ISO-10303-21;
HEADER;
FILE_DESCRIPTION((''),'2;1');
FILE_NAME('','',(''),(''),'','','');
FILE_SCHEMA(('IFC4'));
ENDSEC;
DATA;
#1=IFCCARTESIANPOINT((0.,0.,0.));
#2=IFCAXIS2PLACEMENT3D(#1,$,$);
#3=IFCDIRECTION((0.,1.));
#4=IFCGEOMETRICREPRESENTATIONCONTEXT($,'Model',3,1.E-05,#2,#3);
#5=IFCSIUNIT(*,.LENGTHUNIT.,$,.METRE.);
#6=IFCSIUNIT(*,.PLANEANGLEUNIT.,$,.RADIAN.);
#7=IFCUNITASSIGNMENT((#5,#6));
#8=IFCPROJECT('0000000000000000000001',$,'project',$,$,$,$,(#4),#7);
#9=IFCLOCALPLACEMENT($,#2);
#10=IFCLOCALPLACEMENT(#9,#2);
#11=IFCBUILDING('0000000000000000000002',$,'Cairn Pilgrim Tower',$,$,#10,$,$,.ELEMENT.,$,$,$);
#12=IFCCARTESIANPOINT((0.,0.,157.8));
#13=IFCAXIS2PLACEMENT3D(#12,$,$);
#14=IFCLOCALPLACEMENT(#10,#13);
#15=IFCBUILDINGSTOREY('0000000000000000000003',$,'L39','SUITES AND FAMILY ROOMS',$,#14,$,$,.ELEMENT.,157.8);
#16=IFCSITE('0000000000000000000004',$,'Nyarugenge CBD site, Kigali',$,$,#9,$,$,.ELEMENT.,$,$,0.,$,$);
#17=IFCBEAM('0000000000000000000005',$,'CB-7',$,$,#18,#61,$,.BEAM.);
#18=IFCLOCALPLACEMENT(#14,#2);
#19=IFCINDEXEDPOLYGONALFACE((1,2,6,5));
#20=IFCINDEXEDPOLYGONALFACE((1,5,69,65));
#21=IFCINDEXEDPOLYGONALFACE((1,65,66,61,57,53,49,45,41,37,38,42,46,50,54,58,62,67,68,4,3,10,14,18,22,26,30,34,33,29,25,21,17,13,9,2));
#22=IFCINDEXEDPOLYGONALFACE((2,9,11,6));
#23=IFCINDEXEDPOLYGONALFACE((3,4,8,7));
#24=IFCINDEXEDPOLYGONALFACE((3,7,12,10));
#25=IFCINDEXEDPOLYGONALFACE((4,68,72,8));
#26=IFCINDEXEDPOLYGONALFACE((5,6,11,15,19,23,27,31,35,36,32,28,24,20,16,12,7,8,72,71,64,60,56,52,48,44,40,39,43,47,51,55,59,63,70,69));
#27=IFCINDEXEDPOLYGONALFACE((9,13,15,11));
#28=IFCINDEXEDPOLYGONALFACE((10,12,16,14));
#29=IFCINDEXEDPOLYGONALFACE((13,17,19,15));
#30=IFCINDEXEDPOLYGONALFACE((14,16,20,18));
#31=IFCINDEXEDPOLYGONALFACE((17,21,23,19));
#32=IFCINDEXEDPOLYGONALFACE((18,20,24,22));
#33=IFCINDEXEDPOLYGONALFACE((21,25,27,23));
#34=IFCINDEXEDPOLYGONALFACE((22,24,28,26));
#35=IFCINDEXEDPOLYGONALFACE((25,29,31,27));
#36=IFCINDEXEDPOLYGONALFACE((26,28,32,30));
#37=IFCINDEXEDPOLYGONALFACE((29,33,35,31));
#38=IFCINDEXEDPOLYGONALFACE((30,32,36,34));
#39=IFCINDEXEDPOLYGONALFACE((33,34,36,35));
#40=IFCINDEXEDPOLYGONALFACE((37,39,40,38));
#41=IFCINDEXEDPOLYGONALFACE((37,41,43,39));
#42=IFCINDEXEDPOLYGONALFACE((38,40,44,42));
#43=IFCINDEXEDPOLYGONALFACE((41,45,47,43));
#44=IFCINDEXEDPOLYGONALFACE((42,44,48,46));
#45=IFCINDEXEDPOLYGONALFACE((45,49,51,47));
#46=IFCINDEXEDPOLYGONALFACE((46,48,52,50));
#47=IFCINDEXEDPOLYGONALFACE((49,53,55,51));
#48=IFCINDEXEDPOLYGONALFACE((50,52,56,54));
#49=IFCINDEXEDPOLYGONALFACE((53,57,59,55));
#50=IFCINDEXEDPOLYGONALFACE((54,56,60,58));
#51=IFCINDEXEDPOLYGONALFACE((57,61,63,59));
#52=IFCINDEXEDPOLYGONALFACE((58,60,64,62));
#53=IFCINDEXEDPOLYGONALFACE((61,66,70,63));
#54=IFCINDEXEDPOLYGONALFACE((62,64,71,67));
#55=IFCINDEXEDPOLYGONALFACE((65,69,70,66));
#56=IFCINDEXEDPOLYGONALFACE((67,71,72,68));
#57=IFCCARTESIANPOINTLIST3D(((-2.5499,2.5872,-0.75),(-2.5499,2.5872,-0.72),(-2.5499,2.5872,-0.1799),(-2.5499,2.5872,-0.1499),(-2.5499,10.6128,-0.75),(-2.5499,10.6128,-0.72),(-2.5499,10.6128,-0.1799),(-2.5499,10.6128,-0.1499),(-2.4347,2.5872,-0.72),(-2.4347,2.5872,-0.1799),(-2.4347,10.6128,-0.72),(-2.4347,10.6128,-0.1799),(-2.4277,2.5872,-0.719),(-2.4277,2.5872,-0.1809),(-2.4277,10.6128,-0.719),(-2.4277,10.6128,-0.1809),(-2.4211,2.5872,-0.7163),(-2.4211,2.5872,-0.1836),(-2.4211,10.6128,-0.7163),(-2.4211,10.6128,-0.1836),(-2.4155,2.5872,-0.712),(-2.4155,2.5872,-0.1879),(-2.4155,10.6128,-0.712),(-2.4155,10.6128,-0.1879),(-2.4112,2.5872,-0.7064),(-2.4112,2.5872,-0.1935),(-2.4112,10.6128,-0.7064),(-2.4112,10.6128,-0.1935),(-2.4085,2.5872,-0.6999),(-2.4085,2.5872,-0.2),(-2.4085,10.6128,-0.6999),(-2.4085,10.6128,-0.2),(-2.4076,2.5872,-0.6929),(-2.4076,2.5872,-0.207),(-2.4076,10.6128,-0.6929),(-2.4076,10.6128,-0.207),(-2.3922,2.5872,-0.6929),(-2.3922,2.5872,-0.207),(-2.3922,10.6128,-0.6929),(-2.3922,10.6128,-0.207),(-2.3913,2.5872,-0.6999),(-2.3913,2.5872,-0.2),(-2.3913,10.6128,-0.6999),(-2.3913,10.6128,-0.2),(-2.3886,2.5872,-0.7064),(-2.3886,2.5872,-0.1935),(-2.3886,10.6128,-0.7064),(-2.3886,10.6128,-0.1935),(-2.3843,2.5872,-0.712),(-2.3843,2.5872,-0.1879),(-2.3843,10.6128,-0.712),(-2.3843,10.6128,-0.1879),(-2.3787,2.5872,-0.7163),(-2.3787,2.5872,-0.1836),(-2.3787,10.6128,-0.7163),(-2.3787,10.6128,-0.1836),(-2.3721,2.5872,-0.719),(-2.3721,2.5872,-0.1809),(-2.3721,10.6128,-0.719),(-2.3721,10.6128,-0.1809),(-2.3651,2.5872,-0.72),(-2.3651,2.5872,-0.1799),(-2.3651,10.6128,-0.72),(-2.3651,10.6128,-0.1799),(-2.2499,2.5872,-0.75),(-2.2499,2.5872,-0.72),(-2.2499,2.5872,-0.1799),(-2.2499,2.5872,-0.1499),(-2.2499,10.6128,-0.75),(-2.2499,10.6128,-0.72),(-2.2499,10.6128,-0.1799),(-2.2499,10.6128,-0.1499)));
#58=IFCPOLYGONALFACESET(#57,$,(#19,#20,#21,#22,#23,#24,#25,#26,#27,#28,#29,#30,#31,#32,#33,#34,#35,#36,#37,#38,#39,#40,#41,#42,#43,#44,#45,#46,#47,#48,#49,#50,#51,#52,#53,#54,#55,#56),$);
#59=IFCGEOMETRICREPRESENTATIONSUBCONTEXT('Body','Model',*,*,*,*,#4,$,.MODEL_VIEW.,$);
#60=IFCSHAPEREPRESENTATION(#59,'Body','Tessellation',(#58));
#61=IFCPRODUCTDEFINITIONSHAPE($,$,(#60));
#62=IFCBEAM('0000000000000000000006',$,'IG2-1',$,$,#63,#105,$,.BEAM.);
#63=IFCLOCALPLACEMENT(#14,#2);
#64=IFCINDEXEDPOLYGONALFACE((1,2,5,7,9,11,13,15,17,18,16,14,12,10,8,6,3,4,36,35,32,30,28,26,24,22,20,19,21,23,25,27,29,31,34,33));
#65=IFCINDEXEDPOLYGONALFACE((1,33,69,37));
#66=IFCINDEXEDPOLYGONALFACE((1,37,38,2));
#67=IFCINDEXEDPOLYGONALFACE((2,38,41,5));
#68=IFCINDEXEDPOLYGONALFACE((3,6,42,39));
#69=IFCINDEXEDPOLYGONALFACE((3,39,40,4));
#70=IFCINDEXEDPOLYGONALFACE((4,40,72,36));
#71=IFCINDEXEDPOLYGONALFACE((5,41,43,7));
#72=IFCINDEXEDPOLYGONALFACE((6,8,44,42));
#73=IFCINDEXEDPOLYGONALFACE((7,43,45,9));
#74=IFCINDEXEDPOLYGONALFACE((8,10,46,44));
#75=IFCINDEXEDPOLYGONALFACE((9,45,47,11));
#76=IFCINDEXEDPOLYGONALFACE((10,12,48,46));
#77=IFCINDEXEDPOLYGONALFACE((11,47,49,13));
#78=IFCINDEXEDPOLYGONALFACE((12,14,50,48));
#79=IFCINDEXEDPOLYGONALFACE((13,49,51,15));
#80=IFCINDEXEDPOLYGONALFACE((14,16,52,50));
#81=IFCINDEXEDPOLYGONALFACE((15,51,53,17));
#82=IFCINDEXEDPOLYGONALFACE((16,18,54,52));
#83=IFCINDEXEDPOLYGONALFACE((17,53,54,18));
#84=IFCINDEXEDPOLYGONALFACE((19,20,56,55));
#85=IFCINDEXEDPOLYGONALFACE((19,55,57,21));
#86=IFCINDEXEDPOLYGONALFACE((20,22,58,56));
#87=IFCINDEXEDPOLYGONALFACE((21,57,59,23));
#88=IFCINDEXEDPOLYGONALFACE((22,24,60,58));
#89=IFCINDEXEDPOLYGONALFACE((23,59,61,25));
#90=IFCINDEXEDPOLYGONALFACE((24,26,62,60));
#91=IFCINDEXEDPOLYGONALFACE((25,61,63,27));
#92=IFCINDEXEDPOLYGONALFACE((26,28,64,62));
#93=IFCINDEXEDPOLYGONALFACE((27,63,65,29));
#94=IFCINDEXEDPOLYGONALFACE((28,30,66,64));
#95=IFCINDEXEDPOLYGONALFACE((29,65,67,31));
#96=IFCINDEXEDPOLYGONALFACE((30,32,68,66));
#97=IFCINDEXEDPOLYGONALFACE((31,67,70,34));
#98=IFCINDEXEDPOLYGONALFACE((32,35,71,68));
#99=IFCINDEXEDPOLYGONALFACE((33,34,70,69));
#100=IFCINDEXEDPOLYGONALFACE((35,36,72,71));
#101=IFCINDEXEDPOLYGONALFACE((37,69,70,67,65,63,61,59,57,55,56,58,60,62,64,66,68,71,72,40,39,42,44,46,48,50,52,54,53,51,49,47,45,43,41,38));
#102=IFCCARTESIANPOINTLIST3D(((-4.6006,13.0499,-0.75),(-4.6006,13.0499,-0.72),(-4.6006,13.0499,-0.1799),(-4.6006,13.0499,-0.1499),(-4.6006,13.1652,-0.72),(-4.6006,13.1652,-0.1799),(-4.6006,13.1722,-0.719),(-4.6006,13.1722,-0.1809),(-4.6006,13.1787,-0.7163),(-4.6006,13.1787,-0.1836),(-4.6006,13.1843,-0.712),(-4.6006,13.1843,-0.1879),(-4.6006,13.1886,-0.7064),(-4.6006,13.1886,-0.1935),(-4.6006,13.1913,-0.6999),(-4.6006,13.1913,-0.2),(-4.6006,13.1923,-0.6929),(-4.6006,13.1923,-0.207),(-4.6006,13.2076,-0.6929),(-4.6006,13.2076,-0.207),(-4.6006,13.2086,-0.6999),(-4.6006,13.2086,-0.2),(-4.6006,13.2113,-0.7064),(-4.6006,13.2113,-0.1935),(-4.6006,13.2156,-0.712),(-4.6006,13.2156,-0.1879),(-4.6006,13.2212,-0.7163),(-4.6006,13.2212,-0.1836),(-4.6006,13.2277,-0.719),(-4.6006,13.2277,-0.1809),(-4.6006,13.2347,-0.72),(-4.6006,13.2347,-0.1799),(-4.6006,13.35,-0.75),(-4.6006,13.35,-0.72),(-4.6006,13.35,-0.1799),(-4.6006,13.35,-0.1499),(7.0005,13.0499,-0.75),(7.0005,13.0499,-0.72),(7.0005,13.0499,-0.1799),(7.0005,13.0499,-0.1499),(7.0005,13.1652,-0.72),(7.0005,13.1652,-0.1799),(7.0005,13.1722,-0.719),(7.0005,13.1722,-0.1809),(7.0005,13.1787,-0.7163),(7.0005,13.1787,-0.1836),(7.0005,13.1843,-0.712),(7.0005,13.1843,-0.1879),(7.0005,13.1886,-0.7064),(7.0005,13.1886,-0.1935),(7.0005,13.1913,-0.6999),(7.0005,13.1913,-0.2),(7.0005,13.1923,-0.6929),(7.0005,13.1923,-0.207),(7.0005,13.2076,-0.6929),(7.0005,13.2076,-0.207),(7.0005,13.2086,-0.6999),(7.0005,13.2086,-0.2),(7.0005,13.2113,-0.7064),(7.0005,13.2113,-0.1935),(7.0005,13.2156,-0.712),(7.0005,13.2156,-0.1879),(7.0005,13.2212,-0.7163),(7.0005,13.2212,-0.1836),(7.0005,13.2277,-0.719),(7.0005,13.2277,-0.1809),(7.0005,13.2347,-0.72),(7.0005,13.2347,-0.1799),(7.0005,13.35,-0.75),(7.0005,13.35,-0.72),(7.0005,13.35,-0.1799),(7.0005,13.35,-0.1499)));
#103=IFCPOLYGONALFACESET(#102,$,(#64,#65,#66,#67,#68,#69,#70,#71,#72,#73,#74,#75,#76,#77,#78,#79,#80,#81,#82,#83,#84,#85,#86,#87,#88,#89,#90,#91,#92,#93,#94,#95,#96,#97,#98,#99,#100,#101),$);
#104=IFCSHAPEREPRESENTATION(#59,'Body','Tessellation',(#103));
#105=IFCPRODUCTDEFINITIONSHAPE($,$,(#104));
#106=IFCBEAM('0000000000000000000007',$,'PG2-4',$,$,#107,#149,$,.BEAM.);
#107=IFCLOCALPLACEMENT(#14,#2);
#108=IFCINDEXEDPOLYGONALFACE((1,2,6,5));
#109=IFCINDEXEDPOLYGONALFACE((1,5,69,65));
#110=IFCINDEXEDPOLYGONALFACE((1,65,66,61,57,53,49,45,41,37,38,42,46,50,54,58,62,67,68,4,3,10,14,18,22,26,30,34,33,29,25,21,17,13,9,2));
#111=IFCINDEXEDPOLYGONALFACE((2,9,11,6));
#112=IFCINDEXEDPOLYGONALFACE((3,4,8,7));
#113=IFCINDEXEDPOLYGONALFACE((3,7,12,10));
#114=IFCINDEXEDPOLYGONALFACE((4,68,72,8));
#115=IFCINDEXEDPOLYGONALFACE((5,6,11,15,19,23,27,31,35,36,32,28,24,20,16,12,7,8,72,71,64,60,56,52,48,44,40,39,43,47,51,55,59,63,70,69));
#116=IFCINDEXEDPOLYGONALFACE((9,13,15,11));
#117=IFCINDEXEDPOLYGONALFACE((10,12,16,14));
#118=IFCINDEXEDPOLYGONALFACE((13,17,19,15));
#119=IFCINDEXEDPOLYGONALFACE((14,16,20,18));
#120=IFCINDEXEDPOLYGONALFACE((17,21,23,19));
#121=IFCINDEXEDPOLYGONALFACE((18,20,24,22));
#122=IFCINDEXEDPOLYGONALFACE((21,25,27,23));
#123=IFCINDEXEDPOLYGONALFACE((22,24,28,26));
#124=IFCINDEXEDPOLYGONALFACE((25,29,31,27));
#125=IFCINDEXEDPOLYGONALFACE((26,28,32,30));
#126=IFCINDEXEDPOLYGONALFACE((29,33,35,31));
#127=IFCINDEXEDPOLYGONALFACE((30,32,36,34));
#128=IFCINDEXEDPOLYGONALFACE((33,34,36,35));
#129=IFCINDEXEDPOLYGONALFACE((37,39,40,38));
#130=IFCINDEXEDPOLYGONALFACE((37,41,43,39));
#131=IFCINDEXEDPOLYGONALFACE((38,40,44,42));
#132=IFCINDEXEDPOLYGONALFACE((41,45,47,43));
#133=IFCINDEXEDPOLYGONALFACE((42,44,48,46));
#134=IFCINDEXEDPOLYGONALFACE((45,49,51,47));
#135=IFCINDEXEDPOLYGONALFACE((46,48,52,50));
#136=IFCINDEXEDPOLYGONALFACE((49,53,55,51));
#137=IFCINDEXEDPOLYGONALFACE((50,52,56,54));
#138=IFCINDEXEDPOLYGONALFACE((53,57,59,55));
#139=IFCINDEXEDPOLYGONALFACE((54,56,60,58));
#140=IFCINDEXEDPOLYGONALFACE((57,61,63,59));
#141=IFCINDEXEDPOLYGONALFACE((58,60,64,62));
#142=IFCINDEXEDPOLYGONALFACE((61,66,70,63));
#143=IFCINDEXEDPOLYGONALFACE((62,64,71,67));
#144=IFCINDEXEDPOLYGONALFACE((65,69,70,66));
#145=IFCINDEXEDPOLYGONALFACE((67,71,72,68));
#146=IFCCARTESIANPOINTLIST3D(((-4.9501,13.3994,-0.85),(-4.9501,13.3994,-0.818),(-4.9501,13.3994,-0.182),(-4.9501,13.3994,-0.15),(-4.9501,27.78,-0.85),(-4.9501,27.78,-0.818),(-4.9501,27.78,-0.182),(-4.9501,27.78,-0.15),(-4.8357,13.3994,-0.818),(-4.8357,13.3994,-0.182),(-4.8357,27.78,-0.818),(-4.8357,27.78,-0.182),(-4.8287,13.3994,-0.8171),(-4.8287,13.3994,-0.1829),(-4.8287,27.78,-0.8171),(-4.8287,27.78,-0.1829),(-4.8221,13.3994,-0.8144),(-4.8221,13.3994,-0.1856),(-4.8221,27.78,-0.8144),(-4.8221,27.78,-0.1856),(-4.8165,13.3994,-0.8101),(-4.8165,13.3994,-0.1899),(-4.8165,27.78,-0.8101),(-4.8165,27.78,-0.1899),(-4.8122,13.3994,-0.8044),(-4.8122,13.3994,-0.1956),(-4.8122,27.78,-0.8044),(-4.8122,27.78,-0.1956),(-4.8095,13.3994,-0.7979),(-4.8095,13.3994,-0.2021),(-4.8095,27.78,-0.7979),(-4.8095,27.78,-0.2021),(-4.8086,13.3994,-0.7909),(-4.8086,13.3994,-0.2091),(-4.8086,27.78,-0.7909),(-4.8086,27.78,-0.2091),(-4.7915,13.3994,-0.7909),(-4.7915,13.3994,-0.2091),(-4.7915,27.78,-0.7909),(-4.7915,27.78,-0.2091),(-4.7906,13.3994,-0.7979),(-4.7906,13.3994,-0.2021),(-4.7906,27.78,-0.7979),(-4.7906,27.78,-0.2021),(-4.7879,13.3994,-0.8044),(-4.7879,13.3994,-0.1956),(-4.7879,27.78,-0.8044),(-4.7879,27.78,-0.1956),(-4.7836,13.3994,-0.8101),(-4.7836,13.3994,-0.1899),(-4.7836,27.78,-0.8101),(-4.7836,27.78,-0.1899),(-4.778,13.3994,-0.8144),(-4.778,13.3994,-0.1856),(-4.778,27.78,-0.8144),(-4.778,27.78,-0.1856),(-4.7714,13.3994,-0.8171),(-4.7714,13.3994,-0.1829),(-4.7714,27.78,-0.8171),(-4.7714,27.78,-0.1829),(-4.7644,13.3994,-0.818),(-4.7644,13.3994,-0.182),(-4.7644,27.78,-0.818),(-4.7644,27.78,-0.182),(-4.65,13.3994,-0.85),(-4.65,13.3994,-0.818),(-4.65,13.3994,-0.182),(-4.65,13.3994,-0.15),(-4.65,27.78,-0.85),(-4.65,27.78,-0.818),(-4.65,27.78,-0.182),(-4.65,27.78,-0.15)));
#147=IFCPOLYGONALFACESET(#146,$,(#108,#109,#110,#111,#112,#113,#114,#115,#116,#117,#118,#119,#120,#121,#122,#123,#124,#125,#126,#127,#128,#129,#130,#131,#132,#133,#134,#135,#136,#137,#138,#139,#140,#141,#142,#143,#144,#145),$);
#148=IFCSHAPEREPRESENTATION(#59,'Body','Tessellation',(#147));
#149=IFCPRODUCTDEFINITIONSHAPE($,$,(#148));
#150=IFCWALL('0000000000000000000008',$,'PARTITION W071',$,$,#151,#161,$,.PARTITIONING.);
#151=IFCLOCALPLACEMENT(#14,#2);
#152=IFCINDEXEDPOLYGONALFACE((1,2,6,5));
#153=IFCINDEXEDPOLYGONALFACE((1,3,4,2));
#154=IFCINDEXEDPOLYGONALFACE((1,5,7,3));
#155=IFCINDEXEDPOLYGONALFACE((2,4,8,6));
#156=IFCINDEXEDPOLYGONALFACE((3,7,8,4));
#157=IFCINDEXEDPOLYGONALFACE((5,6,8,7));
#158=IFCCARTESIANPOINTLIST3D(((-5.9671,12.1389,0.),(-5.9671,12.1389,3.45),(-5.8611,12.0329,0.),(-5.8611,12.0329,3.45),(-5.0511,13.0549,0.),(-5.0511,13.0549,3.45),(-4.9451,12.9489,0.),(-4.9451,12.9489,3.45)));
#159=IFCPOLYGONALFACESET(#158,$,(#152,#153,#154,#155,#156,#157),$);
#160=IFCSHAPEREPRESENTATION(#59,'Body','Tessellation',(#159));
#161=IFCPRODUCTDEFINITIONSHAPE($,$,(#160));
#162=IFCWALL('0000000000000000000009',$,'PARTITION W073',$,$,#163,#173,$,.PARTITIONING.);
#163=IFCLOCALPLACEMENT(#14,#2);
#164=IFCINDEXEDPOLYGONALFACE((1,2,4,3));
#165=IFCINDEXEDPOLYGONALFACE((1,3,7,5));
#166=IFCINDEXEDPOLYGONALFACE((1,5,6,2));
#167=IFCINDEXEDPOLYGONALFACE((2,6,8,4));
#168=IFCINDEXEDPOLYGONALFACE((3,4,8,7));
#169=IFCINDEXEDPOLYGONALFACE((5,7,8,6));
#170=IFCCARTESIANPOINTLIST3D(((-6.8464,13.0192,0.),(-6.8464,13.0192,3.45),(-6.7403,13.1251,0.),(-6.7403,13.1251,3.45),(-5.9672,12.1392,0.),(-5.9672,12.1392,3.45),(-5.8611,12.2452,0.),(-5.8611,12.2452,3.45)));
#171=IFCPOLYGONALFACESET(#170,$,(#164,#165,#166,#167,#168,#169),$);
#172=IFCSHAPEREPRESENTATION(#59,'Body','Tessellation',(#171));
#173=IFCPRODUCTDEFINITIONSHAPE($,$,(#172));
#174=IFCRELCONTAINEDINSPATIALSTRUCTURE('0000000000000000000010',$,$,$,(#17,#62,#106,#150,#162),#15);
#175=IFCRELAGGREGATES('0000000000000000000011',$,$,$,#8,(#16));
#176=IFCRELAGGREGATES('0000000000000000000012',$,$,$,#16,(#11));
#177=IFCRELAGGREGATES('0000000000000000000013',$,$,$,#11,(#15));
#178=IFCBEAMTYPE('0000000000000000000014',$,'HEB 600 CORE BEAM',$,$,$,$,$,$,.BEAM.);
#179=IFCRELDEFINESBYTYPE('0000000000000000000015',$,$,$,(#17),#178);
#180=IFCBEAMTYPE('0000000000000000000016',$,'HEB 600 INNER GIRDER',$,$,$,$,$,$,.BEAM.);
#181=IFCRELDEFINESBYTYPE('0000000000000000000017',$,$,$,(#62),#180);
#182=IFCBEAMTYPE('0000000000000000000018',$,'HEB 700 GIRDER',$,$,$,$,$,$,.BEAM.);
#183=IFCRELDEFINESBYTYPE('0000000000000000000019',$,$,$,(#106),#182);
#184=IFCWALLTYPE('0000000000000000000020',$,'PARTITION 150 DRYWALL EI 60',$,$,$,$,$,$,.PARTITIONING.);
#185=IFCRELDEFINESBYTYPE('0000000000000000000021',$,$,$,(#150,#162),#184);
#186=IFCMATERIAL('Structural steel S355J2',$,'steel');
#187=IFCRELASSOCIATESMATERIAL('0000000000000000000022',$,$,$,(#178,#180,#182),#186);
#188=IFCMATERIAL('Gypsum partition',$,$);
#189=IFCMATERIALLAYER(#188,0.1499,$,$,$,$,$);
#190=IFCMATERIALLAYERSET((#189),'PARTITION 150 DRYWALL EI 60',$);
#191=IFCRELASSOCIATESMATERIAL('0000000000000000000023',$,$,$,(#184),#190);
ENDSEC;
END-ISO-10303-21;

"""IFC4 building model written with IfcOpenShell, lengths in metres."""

from ifc_helpers import new_model, si_unit, direction, frame, frame_2d, origin, origin_2d, place, context, subcontext, project, spatial, rectangle, i_section, extrude, material, layer, layer_set, material_profile, profile_set, type_object, element, save


model = new_model("IFC4")

# Units and contexts
model_context = context("Model", 3, precision=1e-05, world=origin(), true_north=direction((0.0, 1.0)))
body_context = subcontext(model_context, "Body", "Model", "MODEL_VIEW")
ifc_project = project(units=[si_unit("LENGTHUNIT", "METRE"), si_unit("PLANEANGLEUNIT", "RADIAN")], contexts=[model_context])

# Site, building, storey
site_placement = place(None, origin())
site = spatial("IfcSite", under=ifc_project, at=site_placement, Name="Nyarugenge CBD site, Kigali", CompositionType="ELEMENT", RefElevation=0.0)
building_placement = place(site_placement, origin())
building = spatial("IfcBuilding", under=site, at=building_placement, Name="Cairn Pilgrim Tower", CompositionType="ELEMENT")
storey_placement = place(building_placement, frame((0.0, 0.0, 157.8)))
storey = spatial("IfcBuildingStorey", under=building, at=storey_placement, Name="L39", Description="SUITES AND FAMILY ROOMS", CompositionType="ELEMENT", Elevation=157.8)

# Shared definitions
ifc_material_1 = material(Name="Structural steel S355J2", Category="steel")

# Beams
ifc_material_profile_1 = material_profile(ifc_material_1, i_section(OverallWidth=0.3, OverallDepth=0.6001, WebThickness=0.0154, FlangeThickness=0.03, FilletRadius=0.0271, at=origin_2d()), Name="HEB 600")
ifc_profile_set_1 = profile_set([ifc_material_profile_1], Name="Structural steel S355J2")
beam_type_1 = type_object("IfcBeamType", Name="HEB 600 CORE BEAM", PredefinedType="BEAM", material=ifc_profile_set_1)
beam_1_placement = place(storey_placement, frame((-2.3999, 10.6128, -0.45), z_axis=(0.0, -1.0, 0.0), x_axis=(1.0, 0.0, 0.0)))
element("IfcBeam", 1, at=beam_1_placement, inside=storey, type_object=beam_type_1, Name="CB-7", PredefinedType="BEAM", context=body_context, shape_type="SweptSolid", body=[
    extrude(i_section(OverallWidth=0.3, OverallDepth=0.6001, WebThickness=0.0154, FlangeThickness=0.03, FilletRadius=0.0271, at=origin_2d()), origin(), (0.0, 0.0, 1.0), 8.0256),
])
ifc_material_profile_2 = material_profile(ifc_material_1, i_section(OverallWidth=0.3, OverallDepth=0.6001, WebThickness=0.0154, FlangeThickness=0.03, FilletRadius=0.0271, at=origin_2d()), Name="HEB 600")
ifc_profile_set_2 = profile_set([ifc_material_profile_2], Name="Structural steel S355J2")
beam_type_2 = type_object("IfcBeamType", Name="HEB 600 INNER GIRDER", PredefinedType="BEAM", material=ifc_profile_set_2)
beam_2_placement = place(storey_placement, frame((-4.6006, 13.2, -0.45), z_axis=(1.0, 0.0, 0.0), x_axis=(0.0, 1.0, 0.0)))
element("IfcBeam", 2, at=beam_2_placement, inside=storey, type_object=beam_type_2, Name="IG2-1", PredefinedType="BEAM", context=body_context, shape_type="SweptSolid", body=[
    extrude(i_section(OverallWidth=0.3, OverallDepth=0.6001, WebThickness=0.0154, FlangeThickness=0.03, FilletRadius=0.0271, at=origin_2d()), origin(), (0.0, 0.0, 1.0), 11.6011),
])
ifc_material_profile_3 = material_profile(ifc_material_1, i_section(OverallWidth=0.3, OverallDepth=0.7, WebThickness=0.0171, FlangeThickness=0.032, FilletRadius=0.0271, at=origin_2d()), Name="HEB 700")
ifc_profile_set_3 = profile_set([ifc_material_profile_3], Name="Structural steel S355J2")
beam_type_3 = type_object("IfcBeamType", Name="HEB 700 GIRDER", PredefinedType="BEAM", material=ifc_profile_set_3)
beam_3_placement = place(storey_placement, frame((-4.8, 13.3994, -0.5), z_axis=(0.0, 1.0, 0.0), x_axis=(-1.0, 0.0, 0.0)))
element("IfcBeam", 3, at=beam_3_placement, inside=storey, type_object=beam_type_3, Name="PG2-4", PredefinedType="BEAM", context=body_context, shape_type="SweptSolid", body=[
    extrude(i_section(OverallWidth=0.3, OverallDepth=0.7, WebThickness=0.0171, FlangeThickness=0.032, FilletRadius=0.0271, at=origin_2d()), origin(), (0.0, 0.0, 1.0), 14.3806),
])

# Walls
ifc_material_2 = material(Name="Gypsum partition")
ifc_layer_1 = layer(ifc_material_2, 0.1499)
ifc_layer_set_1 = layer_set([ifc_layer_1], Name="PARTITION 150 DRYWALL EI 60")
wall_type_1 = type_object("IfcWallType", Name="PARTITION 150 DRYWALL EI 60", PredefinedType="PARTITIONING", material=ifc_layer_set_1)
wall_1_placement = place(storey_placement, frame((-5.9141, 12.0859, 0.0), z_axis=(0.0, 0.0, 1.0), x_axis=(0.707107, 0.707107, 0.0)))
element("IfcWall", 4, at=wall_1_placement, inside=storey, type_object=wall_type_1, Name="PARTITION W071", PredefinedType="PARTITIONING", context=body_context, shape_type="SweptSolid", body=[
    extrude(rectangle(XDim=1.2954, YDim=0.1499, at=frame_2d((0.6477, 0.0))), origin(), (0.0, 0.0, 1.0), 3.45),
])
wall_2_placement = place(storey_placement, frame((-5.9141, 12.1921, 0.0), z_axis=(0.0, 0.0, 1.0), x_axis=(-0.706812, 0.707401, 0.0)))
element("IfcWall", 5, at=wall_2_placement, inside=storey, type_object=wall_type_1, Name="PARTITION W073", PredefinedType="PARTITIONING", context=body_context, shape_type="SweptSolid", body=[
    extrude(rectangle(XDim=1.2439, YDim=0.1499, at=frame_2d((0.6221, 0.0))), origin(), (0.0, 0.0, 1.0), 3.45),
])

save(model, "model.ifc")
